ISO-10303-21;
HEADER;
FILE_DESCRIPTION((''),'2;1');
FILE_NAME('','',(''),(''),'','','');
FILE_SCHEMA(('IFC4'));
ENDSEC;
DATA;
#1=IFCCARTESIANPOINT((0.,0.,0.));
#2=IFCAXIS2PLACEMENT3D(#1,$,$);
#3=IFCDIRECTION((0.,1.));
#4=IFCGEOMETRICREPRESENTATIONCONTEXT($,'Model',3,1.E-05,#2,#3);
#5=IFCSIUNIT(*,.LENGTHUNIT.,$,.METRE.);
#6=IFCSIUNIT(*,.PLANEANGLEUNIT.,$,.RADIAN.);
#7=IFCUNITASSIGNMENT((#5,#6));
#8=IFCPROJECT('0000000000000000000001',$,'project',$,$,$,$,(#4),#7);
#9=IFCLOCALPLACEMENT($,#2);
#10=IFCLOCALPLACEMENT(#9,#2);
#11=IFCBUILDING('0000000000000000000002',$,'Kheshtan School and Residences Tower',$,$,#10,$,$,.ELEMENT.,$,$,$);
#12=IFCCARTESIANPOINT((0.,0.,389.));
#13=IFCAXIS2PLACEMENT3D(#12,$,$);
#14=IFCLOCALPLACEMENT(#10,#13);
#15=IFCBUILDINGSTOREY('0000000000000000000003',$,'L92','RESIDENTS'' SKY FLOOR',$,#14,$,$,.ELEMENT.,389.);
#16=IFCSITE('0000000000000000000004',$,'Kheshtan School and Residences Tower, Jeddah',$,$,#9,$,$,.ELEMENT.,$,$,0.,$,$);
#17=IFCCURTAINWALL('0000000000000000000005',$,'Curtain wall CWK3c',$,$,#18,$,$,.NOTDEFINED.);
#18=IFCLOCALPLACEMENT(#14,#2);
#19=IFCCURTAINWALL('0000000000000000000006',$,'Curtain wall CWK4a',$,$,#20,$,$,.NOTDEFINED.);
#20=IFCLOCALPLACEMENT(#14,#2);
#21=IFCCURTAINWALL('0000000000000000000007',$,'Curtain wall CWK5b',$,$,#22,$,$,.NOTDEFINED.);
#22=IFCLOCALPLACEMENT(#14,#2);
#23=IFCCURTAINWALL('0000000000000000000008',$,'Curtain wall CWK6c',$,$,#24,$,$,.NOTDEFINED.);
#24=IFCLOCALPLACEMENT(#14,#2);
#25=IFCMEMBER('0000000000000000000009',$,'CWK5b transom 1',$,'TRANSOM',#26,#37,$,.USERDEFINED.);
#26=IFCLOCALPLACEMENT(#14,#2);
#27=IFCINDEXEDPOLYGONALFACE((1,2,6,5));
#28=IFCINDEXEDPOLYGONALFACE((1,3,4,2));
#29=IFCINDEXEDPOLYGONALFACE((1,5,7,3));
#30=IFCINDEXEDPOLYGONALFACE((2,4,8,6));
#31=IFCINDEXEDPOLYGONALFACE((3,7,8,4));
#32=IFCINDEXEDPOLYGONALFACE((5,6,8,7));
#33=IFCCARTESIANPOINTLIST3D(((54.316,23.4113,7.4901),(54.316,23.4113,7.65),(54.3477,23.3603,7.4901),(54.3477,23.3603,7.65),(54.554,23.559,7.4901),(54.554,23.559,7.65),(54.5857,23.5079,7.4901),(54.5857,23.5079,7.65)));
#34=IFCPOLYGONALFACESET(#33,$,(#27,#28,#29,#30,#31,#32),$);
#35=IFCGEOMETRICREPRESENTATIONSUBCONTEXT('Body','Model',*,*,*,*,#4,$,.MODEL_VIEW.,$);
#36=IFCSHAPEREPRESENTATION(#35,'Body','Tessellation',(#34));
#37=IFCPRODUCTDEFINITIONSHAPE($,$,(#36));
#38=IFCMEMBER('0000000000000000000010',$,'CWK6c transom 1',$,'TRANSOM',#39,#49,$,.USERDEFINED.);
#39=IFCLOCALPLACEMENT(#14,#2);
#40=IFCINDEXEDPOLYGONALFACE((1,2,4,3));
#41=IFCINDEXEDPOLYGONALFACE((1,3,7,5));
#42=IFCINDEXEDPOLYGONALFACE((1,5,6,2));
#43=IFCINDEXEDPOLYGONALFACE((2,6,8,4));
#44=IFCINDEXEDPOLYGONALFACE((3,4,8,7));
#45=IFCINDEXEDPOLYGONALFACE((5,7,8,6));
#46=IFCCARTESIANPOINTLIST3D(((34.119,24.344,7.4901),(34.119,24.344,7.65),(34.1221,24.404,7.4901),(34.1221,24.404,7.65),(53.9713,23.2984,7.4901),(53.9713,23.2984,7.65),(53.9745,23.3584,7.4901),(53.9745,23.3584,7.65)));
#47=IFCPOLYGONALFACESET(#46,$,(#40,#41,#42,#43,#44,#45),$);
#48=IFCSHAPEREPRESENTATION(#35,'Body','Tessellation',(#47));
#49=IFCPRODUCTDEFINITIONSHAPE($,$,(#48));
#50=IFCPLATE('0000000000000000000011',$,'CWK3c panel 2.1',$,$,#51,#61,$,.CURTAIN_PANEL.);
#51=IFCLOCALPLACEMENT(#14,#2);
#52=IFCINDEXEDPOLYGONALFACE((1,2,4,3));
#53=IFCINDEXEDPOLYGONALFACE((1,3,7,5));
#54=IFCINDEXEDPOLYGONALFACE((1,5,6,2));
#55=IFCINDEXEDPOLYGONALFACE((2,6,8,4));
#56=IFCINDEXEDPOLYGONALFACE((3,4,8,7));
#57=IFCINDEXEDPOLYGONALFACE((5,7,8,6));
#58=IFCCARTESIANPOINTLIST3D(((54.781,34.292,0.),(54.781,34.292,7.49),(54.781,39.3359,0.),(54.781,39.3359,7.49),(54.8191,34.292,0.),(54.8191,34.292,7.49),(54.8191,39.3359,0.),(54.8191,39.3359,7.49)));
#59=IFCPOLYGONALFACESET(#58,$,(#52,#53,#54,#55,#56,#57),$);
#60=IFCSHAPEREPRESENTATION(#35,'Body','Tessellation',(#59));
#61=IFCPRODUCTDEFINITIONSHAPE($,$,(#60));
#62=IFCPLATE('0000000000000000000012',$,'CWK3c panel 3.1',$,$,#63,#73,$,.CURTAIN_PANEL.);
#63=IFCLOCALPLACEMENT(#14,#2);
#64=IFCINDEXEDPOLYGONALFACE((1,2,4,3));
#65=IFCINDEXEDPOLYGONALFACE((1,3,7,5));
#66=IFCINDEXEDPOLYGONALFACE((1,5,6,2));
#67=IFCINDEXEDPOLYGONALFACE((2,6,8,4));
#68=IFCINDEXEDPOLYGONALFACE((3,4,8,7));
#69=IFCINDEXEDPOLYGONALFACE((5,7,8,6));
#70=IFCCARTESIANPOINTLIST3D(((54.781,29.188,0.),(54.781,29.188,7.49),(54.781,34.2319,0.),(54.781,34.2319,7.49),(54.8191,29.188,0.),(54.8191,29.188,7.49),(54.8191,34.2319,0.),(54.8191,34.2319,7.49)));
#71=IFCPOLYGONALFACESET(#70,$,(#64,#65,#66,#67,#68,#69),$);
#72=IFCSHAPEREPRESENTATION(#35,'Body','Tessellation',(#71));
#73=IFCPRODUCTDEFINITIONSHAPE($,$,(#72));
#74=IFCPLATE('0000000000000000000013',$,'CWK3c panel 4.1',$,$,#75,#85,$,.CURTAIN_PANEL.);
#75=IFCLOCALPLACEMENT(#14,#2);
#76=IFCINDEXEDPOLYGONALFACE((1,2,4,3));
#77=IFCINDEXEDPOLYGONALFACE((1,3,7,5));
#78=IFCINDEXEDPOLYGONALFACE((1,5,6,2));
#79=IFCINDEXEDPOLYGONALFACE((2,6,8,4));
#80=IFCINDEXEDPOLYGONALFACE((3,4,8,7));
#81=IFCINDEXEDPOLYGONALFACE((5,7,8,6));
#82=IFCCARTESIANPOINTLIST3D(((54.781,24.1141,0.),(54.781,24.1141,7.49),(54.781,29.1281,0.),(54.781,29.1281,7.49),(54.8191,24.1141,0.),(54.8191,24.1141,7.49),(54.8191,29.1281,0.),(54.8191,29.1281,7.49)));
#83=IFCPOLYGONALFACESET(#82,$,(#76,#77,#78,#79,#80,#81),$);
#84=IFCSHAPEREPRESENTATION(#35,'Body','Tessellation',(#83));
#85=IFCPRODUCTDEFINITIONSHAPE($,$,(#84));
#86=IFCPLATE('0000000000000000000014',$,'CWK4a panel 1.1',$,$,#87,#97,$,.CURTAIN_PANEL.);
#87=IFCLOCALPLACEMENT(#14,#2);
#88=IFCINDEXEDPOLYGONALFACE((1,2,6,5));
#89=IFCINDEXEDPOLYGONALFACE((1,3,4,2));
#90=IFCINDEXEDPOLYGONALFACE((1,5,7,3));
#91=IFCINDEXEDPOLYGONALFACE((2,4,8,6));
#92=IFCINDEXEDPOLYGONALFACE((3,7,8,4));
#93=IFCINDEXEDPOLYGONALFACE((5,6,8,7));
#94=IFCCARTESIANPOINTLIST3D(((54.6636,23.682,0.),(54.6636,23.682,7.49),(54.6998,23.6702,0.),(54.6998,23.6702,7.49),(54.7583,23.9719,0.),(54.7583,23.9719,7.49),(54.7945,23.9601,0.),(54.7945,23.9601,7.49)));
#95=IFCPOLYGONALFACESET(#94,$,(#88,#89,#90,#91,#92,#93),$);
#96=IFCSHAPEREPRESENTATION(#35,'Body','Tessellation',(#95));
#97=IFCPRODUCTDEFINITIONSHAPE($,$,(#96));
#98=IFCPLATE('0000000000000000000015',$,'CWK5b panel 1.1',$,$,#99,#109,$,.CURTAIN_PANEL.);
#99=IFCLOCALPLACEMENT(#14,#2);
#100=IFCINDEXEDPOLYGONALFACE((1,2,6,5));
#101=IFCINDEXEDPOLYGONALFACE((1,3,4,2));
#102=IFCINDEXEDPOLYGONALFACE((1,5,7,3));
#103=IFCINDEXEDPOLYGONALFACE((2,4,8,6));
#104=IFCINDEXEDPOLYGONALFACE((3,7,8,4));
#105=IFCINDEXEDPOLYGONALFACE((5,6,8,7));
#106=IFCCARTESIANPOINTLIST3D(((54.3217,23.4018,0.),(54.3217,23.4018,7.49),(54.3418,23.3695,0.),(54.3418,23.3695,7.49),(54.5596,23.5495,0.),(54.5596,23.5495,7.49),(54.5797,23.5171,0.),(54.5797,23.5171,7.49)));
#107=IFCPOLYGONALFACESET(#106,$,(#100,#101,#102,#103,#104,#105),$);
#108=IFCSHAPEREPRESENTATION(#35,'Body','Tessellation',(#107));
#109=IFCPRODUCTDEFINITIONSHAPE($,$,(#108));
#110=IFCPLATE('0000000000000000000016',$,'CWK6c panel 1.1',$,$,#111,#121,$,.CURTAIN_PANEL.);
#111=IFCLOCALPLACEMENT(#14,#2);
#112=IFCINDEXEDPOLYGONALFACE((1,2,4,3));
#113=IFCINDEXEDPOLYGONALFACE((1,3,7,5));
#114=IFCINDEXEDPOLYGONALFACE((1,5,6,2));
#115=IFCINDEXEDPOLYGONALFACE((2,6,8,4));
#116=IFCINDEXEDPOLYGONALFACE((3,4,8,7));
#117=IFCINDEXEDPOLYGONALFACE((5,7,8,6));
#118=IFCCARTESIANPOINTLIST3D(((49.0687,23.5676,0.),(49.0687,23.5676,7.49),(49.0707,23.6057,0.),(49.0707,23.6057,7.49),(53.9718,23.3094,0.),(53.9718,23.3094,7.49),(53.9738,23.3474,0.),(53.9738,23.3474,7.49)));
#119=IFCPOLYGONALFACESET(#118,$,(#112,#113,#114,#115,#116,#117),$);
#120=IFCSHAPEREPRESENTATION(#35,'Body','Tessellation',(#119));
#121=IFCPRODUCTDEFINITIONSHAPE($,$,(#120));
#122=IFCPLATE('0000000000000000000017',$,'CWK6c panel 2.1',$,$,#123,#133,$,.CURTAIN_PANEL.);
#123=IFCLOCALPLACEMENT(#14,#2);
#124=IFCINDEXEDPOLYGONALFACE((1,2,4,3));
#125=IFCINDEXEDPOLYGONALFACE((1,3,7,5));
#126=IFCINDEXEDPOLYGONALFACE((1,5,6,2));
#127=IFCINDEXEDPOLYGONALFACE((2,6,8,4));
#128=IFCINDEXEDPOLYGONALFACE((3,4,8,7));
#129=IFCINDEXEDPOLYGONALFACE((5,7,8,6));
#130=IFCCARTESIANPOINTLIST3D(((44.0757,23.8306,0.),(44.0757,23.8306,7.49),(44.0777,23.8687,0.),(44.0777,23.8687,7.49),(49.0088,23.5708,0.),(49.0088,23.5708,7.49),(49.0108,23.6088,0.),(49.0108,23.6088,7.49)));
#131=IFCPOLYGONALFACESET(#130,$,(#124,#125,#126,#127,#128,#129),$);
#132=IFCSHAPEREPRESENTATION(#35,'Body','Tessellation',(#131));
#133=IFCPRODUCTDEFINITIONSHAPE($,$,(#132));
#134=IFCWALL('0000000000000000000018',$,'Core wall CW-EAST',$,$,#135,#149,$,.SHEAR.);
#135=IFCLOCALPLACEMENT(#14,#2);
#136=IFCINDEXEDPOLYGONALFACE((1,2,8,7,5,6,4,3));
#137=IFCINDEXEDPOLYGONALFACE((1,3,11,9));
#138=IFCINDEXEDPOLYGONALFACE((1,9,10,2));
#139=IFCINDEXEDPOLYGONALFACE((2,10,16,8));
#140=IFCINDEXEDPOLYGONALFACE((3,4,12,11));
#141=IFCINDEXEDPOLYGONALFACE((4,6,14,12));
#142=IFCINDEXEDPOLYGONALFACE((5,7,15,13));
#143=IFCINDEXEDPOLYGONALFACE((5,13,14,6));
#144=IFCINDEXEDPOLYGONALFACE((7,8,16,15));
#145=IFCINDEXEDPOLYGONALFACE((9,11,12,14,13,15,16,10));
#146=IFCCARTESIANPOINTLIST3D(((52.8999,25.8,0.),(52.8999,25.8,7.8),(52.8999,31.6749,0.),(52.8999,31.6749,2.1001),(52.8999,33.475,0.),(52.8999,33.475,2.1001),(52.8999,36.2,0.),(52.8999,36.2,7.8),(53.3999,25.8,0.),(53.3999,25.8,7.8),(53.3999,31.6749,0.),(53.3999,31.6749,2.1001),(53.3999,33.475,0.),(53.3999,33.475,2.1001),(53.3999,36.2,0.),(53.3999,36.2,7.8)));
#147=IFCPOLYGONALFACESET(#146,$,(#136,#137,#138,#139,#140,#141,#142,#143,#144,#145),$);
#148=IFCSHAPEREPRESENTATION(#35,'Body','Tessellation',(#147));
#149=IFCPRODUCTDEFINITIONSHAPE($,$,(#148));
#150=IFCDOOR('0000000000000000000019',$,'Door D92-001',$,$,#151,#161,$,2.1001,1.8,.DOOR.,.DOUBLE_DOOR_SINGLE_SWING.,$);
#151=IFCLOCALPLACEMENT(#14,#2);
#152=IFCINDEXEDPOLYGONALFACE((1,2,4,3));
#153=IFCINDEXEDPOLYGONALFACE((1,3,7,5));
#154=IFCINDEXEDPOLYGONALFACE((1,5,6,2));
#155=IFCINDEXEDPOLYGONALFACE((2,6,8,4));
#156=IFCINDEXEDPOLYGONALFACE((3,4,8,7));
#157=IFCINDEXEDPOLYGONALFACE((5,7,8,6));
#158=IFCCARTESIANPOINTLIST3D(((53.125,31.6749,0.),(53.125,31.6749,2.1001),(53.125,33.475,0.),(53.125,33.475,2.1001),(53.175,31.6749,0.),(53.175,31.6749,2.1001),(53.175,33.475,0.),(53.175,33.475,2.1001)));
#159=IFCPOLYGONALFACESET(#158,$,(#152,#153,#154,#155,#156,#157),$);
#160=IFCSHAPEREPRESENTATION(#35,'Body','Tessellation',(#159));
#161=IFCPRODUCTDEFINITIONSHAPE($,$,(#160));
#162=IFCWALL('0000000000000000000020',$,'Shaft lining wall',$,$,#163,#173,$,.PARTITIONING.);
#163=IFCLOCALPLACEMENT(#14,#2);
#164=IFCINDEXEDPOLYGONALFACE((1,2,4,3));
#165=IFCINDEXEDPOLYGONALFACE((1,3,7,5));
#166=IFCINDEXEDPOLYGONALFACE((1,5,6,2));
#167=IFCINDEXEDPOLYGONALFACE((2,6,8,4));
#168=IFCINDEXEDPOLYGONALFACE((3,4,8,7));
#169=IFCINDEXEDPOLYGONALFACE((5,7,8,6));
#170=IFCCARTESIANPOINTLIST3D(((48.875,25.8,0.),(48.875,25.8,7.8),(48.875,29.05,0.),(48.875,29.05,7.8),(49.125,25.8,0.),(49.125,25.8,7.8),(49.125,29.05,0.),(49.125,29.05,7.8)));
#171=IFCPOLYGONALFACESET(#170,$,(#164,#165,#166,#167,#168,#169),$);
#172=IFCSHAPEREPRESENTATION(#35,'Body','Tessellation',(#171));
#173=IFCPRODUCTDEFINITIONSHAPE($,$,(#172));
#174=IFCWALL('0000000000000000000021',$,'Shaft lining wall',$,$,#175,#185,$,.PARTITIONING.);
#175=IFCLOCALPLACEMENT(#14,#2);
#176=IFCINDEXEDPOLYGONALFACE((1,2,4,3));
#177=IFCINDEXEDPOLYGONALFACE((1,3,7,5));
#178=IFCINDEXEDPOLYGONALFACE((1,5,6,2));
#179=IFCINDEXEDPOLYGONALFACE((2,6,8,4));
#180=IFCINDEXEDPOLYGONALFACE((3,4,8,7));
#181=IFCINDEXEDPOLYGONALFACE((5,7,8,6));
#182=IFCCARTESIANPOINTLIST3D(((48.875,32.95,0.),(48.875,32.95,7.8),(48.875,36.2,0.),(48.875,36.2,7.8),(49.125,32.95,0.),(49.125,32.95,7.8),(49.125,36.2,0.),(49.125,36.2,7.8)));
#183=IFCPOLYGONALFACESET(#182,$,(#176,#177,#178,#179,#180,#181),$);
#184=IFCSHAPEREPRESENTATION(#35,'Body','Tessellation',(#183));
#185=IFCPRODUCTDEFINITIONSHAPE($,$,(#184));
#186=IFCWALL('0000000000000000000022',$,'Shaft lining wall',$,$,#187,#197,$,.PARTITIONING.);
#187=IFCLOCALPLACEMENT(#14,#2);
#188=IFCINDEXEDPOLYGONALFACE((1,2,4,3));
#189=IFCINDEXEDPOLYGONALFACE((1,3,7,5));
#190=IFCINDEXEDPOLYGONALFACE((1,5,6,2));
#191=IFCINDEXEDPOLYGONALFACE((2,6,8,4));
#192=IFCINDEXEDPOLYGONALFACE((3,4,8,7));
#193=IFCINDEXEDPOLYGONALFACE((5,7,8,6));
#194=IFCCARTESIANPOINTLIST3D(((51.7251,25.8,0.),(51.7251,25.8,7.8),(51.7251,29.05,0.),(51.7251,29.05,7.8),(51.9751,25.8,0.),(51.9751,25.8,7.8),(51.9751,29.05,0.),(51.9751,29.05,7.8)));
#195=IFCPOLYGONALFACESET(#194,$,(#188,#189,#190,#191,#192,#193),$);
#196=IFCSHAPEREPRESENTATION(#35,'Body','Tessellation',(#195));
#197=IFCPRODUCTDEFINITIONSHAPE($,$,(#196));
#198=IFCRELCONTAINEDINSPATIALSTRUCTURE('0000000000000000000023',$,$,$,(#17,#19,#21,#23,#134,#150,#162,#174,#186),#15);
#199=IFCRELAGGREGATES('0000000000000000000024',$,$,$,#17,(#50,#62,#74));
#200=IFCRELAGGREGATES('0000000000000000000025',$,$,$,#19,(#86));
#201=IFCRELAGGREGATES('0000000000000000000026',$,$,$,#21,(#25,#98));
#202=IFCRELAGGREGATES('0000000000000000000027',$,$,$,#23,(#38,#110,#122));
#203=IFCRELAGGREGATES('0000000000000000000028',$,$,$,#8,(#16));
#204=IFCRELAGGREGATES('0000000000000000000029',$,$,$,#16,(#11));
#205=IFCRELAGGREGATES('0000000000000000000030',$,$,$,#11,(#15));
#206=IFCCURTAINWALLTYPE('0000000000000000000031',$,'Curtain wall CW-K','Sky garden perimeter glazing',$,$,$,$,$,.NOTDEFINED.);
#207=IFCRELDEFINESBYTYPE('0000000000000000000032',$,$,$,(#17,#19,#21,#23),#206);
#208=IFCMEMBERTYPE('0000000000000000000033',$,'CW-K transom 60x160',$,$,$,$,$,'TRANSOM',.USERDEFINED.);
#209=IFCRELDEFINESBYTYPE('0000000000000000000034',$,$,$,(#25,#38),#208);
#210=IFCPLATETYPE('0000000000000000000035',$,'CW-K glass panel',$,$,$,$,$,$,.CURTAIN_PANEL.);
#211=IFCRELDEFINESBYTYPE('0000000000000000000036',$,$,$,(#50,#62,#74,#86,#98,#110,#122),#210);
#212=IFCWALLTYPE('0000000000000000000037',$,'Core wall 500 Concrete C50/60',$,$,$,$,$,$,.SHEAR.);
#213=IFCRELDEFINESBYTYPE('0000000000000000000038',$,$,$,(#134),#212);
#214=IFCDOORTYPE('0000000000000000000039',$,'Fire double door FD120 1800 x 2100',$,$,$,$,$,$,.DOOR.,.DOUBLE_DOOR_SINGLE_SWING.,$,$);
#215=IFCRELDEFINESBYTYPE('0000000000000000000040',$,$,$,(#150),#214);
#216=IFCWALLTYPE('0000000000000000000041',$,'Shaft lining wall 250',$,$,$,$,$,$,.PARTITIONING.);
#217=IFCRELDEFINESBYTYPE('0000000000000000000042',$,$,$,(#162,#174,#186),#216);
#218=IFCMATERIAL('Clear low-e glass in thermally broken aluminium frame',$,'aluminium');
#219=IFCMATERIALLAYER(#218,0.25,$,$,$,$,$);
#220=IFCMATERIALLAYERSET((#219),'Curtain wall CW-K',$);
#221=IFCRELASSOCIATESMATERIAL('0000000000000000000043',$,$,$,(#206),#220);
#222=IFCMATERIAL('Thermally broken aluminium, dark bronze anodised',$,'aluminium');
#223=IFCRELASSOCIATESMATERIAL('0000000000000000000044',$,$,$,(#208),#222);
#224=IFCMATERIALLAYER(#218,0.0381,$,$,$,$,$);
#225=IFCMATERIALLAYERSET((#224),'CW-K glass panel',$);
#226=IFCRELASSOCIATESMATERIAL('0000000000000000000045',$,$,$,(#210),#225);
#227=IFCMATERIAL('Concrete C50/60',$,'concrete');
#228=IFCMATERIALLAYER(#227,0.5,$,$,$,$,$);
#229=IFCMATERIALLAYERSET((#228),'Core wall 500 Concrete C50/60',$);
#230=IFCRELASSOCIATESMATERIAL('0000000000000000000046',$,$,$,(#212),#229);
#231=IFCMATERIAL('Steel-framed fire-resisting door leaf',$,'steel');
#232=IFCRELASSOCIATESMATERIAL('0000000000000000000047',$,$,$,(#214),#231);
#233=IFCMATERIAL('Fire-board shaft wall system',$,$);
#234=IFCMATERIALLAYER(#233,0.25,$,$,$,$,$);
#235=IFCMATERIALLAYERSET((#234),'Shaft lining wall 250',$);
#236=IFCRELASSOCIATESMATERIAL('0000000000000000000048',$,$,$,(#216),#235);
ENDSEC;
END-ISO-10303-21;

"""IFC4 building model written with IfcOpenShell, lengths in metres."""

from ifc_helpers import new_model, si_unit, direction, frame, frame_2d, origin, origin_2d, place, context, subcontext, project, spatial, rectangle, extrude, source, transform, mapped, material, layer, layer_set, material_profile, profile_set, type_object, element, fill, aggregate, save


model = new_model("IFC4")

# Units and contexts
model_context = context("Model", 3, precision=1e-05, world=origin(), true_north=direction((0.0, 1.0)))
body_context = subcontext(model_context, "Body", "Model", "MODEL_VIEW")
ifc_project = project(units=[si_unit("LENGTHUNIT", "METRE"), si_unit("PLANEANGLEUNIT", "RADIAN")], contexts=[model_context])

# Site, building, storey
site_placement = place(None, origin())
site = spatial("IfcSite", under=ifc_project, at=site_placement, Name="Kheshtan School and Residences Tower, Jeddah", CompositionType="ELEMENT", RefElevation=0.0)
building_placement = place(site_placement, origin())
building = spatial("IfcBuilding", under=site, at=building_placement, Name="Kheshtan School and Residences Tower", CompositionType="ELEMENT")
storey_placement = place(building_placement, frame((0.0, 0.0, 389.0)))
storey = spatial("IfcBuildingStorey", under=building, at=storey_placement, Name="L92", Description="RESIDENTS' SKY FLOOR", CompositionType="ELEMENT", Elevation=389.0)

# Curtain walls
ifc_material_1 = material(Name="Clear low-e glass in thermally broken aluminium frame", Category="aluminium")
ifc_layer_1 = layer(ifc_material_1, 0.25)
ifc_layer_set_1 = layer_set([ifc_layer_1], Name="Curtain wall CW-K")
curtain_wall_type = type_object("IfcCurtainWallType", Name="Curtain wall CW-K", Description="Sky garden perimeter glazing", PredefinedType="NOTDEFINED", material=ifc_layer_set_1)
curtain_wall_1_placement = place(storey_placement, origin())
curtain_wall_1 = element("IfcCurtainWall", 1, at=curtain_wall_1_placement, inside=storey, type_object=curtain_wall_type, Name="Curtain wall CWK3c", PredefinedType="NOTDEFINED")
ifc_material_2 = material(Name="Thermally broken aluminium, dark bronze anodised", Category="aluminium")
curtain_wall_2_placement = place(storey_placement, origin())
curtain_wall_2 = element("IfcCurtainWall", 2, at=curtain_wall_2_placement, inside=storey, type_object=curtain_wall_type, Name="Curtain wall CWK4a", PredefinedType="NOTDEFINED")
curtain_wall_3_placement = place(storey_placement, origin())
curtain_wall_3 = element("IfcCurtainWall", 3, at=curtain_wall_3_placement, inside=storey, type_object=curtain_wall_type, Name="Curtain wall CWK5b", PredefinedType="NOTDEFINED")
curtain_wall_4_placement = place(storey_placement, origin())
curtain_wall_4 = element("IfcCurtainWall", 4, at=curtain_wall_4_placement, inside=storey, type_object=curtain_wall_type, Name="Curtain wall CWK6c", PredefinedType="NOTDEFINED")

# Members
ifc_material_profile_1 = material_profile(ifc_material_2, rectangle(XDim=0.0601, YDim=0.1599, at=origin_2d()), Name="CW-K transom 60x160")
ifc_profile_set_1 = profile_set([ifc_material_profile_1], Name="Thermally broken aluminium, dark bronze anodised")
member_type_1 = type_object("IfcMemberType", Name="CW-K transom 60x160", ElementType="TRANSOM", PredefinedType="USERDEFINED", material=ifc_profile_set_1)
member_1_placement = place(storey_placement, frame((54.5698, 23.5334, 7.5701), z_axis=(-0.849707, -0.527254, 0.0), x_axis=(0.527254, -0.849707, 0.0)))
member_1 = element("IfcMember", 5, at=member_1_placement, type_object=member_type_1, Name="CWK5b transom 1", ObjectType="TRANSOM", PredefinedType="USERDEFINED", context=body_context, shape_type="SweptSolid", body=[
    extrude(rectangle(XDim=0.0601, YDim=0.1599, at=origin_2d()), origin(), (0.0, 0.0, 1.0), 0.28),
])
member_2_placement = place(storey_placement, frame((53.9729, 23.3284, 7.5701), z_axis=(-0.998616, 0.052599, 0.0), x_axis=(-0.052599, -0.998616, 0.0)))
member_2 = element("IfcMember", 6, at=member_2_placement, type_object=member_type_1, Name="CWK6c transom 1", ObjectType="TRANSOM", PredefinedType="USERDEFINED", context=body_context, shape_type="SweptSolid", body=[
    extrude(rectangle(XDim=0.0601, YDim=0.1599, at=origin_2d()), origin(), (0.0, 0.0, 1.0), 19.8799),
])

# Plates
ifc_layer_2 = layer(ifc_material_1, 0.0381)
ifc_layer_set_2 = layer_set([ifc_layer_2], Name="CW-K glass panel")
plate_type = type_object("IfcPlateType", Name="CW-K glass panel", PredefinedType="CURTAIN_PANEL", material=ifc_layer_set_2)
plate_1_placement = place(storey_placement, frame((54.8, 36.814, 0.0), z_axis=(0.0, 0.0, 1.0), x_axis=(0.0, -1.0, 0.0)))
plate_1 = element("IfcPlate", 7, at=plate_1_placement, type_object=plate_type, Name="CWK3c panel 2.1", PredefinedType="CURTAIN_PANEL", context=body_context, shape_type="SweptSolid", body=[
    extrude(rectangle(XDim=5.0439, YDim=0.0381, at=origin_2d()), origin(), (0.0, 0.0, 1.0), 7.49),
])
plate_2_placement = place(storey_placement, frame((54.8, 31.71, 0.0), z_axis=(0.0, 0.0, 1.0), x_axis=(0.0, -1.0, 0.0)))
plate_2 = element("IfcPlate", 8, at=plate_2_placement, type_object=plate_type, Name="CWK3c panel 3.1", PredefinedType="CURTAIN_PANEL", context=body_context, shape_type="SweptSolid", body=[
    extrude(rectangle(XDim=5.0439, YDim=0.0381, at=origin_2d()), origin(), (0.0, 0.0, 1.0), 7.49),
])
plate_3_placement = place(storey_placement, frame((54.8, 26.6211, 0.0), z_axis=(0.0, 0.0, 1.0), x_axis=(0.0, -1.0, 0.0)))
plate_3 = element("IfcPlate", 9, at=plate_3_placement, type_object=plate_type, Name="CWK3c panel 4.1", PredefinedType="CURTAIN_PANEL", context=body_context, shape_type="SweptSolid", body=[
    extrude(rectangle(XDim=5.0139, YDim=0.0381, at=origin_2d()), origin(), (0.0, 0.0, 1.0), 7.49),
])
aggregate(curtain_wall_1, [plate_1, plate_2, plate_3])
plate_4_placement = place(storey_placement, frame((54.729, 23.821, 0.0), z_axis=(0.0, 0.0, 1.0), x_axis=(-0.310575, -0.950549, 0.0)))
plate_4 = element("IfcPlate", 10, at=plate_4_placement, type_object=plate_type, Name="CWK4a panel 1.1", PredefinedType="CURTAIN_PANEL", context=body_context, shape_type="SweptSolid", body=[
    extrude(rectangle(XDim=0.3049, YDim=0.0381, at=origin_2d()), origin(), (0.0, 0.0, 1.0), 7.49),
])
aggregate(curtain_wall_2, [plate_4])
plate_5_placement = place(storey_placement, frame((54.4507, 23.4595, 0.0), z_axis=(0.0, 0.0, 1.0), x_axis=(-0.849679, -0.527301, 0.0)))
plate_5 = element("IfcPlate", 11, at=plate_5_placement, type_object=plate_type, Name="CWK5b panel 1.1", PredefinedType="CURTAIN_PANEL", context=body_context, shape_type="SweptSolid", body=[
    extrude(rectangle(XDim=0.28, YDim=0.0381, at=origin_2d()), origin(), (0.0, 0.0, 1.0), 7.49),
])
aggregate(curtain_wall_3, [member_1, plate_5])
plate_6_placement = place(storey_placement, frame((51.5212, 23.4575, 0.0), z_axis=(0.0, 0.0, 1.0), x_axis=(-0.998616, 0.052601, 0.0)))
plate_6 = element("IfcPlate", 12, at=plate_6_placement, type_object=plate_type, Name="CWK6c panel 1.1", PredefinedType="CURTAIN_PANEL", context=body_context, shape_type="SweptSolid", body=[
    extrude(rectangle(XDim=4.9099, YDim=0.0381, at=origin_2d()), origin(), (0.0, 0.0, 1.0), 7.49),
])
plate_7_placement = place(storey_placement, frame((46.5432, 23.7197, 0.0), z_axis=(0.0, 0.0, 1.0), x_axis=(-0.998616, 0.052601, 0.0)))
plate_7 = element("IfcPlate", 13, at=plate_7_placement, type_object=plate_type, Name="CWK6c panel 2.1", PredefinedType="CURTAIN_PANEL", context=body_context, shape_type="SweptSolid", body=[
    extrude(rectangle(XDim=4.9399, YDim=0.0381, at=origin_2d()), origin(), (0.0, 0.0, 1.0), 7.49),
])
aggregate(curtain_wall_4, [member_2, plate_6, plate_7])

# Wall, opening, door
ifc_material_3 = material(Name="Concrete C50/60", Category="concrete")
ifc_layer_3 = layer(ifc_material_3, 0.5)
ifc_layer_set_3 = layer_set([ifc_layer_3], Name="Core wall 500 Concrete C50/60")
wall_type_1 = type_object("IfcWallType", Name="Core wall 500 Concrete C50/60", PredefinedType="SHEAR", material=ifc_layer_set_3)
wall_1_placement = place(storey_placement, frame((53.1499, 25.8, 0.0), z_axis=(0.0, 0.0, 1.0), x_axis=(0.0, 1.0, 0.0)))
wall_1 = element("IfcWall", 14, at=wall_1_placement, inside=storey, type_object=wall_type_1, Name="Core wall CW-EAST", PredefinedType="SHEAR", context=body_context, shape_type="SweptSolid", body=[
    extrude(rectangle(XDim=10.3999, YDim=0.5, at=frame_2d((5.2, 0.0))), origin(), (0.0, 0.0, 1.0), 7.8),
])
opening_placement = place(wall_1_placement, frame((5.875, 0.0, 0.0)))
opening = element("IfcOpeningElement", 15, at=opening_placement, cuts=wall_1, PredefinedType="OPENING", context=body_context, shape_type="SweptSolid", body=[
    extrude(rectangle(XDim=1.8, YDim=2.1001, at=frame_2d((0.8999, 1.05))), frame((0.0, 0.26, 0.0), z_axis=(0.0, -1.0, 0.0), x_axis=(1.0, 0.0, 0.0)), (0.0, 0.0, 1.0), 0.52),
])
ifc_material_4 = material(Name="Steel-framed fire-resisting door leaf", Category="steel")
door_type = type_object("IfcDoorType", Name="Fire double door FD120 1800 x 2100", OperationType="DOUBLE_DOOR_SINGLE_SWING", PredefinedType="DOOR", material=ifc_material_4)
shared_shape = source(origin(), body_context, "Body", "SweptSolid", [
    extrude(rectangle(XDim=1.8, YDim=2.1001, at=frame_2d((0.8999, 1.05))), frame((0.0, 0.0249, 0.0), z_axis=(0.0, -1.0, 0.0), x_axis=(1.0, 0.0, 0.0)), (0.0, 0.0, 1.0), 0.05),
])
door_placement = place(opening_placement, origin())
door = element("IfcDoor", 16, at=door_placement, inside=storey, type_object=door_type, Name="Door D92-001", OperationType="DOUBLE_DOOR_SINGLE_SWING", OverallHeight=2.1001, OverallWidth=1.8, PredefinedType="DOOR", context=body_context, shape_type="MappedRepresentation", body=[
    mapped(shared_shape, transform((0.0, 0.0, 0.0), x_axis=(1.0, 0.0, 0.0), y_axis=(0.0, 1.0, 0.0), z_axis=(0.0, 0.0, 1.0), scale=1.0)),
])
fill(opening, door)

# Walls
ifc_material_5 = material(Name="Fire-board shaft wall system")
ifc_layer_4 = layer(ifc_material_5, 0.25)
ifc_layer_set_4 = layer_set([ifc_layer_4], Name="Shaft lining wall 250")
wall_type_2 = type_object("IfcWallType", Name="Shaft lining wall 250", PredefinedType="PARTITIONING", material=ifc_layer_set_4)
for number, where, z_axis, x_axis, name in (
    (17, (49.0, 25.8, 0.0), (0.0, 0.0, 1.0), (0.0, 1.0, 0.0), "Shaft lining wall"),
    (18, (49.0, 32.95, 0.0), (0.0, 0.0, 1.0), (0.0, 1.0, 0.0), "Shaft lining wall"),
    (19, (51.8501, 25.8, 0.0), (0.0, 0.0, 1.0), (0.0, 1.0, 0.0), "Shaft lining wall"),
):
    element("IfcWall", number, at=place(storey_placement, frame(where, z_axis=z_axis, x_axis=x_axis)), inside=storey, type_object=wall_type_2, Name=name, PredefinedType="PARTITIONING", context=body_context, shape_type="SweptSolid", body=[
        extrude(rectangle(XDim=3.25, YDim=0.25, at=frame_2d((1.625, 0.0))), origin(), (0.0, 0.0, 1.0), 7.8),
    ])

save(model, "model.ifc")
